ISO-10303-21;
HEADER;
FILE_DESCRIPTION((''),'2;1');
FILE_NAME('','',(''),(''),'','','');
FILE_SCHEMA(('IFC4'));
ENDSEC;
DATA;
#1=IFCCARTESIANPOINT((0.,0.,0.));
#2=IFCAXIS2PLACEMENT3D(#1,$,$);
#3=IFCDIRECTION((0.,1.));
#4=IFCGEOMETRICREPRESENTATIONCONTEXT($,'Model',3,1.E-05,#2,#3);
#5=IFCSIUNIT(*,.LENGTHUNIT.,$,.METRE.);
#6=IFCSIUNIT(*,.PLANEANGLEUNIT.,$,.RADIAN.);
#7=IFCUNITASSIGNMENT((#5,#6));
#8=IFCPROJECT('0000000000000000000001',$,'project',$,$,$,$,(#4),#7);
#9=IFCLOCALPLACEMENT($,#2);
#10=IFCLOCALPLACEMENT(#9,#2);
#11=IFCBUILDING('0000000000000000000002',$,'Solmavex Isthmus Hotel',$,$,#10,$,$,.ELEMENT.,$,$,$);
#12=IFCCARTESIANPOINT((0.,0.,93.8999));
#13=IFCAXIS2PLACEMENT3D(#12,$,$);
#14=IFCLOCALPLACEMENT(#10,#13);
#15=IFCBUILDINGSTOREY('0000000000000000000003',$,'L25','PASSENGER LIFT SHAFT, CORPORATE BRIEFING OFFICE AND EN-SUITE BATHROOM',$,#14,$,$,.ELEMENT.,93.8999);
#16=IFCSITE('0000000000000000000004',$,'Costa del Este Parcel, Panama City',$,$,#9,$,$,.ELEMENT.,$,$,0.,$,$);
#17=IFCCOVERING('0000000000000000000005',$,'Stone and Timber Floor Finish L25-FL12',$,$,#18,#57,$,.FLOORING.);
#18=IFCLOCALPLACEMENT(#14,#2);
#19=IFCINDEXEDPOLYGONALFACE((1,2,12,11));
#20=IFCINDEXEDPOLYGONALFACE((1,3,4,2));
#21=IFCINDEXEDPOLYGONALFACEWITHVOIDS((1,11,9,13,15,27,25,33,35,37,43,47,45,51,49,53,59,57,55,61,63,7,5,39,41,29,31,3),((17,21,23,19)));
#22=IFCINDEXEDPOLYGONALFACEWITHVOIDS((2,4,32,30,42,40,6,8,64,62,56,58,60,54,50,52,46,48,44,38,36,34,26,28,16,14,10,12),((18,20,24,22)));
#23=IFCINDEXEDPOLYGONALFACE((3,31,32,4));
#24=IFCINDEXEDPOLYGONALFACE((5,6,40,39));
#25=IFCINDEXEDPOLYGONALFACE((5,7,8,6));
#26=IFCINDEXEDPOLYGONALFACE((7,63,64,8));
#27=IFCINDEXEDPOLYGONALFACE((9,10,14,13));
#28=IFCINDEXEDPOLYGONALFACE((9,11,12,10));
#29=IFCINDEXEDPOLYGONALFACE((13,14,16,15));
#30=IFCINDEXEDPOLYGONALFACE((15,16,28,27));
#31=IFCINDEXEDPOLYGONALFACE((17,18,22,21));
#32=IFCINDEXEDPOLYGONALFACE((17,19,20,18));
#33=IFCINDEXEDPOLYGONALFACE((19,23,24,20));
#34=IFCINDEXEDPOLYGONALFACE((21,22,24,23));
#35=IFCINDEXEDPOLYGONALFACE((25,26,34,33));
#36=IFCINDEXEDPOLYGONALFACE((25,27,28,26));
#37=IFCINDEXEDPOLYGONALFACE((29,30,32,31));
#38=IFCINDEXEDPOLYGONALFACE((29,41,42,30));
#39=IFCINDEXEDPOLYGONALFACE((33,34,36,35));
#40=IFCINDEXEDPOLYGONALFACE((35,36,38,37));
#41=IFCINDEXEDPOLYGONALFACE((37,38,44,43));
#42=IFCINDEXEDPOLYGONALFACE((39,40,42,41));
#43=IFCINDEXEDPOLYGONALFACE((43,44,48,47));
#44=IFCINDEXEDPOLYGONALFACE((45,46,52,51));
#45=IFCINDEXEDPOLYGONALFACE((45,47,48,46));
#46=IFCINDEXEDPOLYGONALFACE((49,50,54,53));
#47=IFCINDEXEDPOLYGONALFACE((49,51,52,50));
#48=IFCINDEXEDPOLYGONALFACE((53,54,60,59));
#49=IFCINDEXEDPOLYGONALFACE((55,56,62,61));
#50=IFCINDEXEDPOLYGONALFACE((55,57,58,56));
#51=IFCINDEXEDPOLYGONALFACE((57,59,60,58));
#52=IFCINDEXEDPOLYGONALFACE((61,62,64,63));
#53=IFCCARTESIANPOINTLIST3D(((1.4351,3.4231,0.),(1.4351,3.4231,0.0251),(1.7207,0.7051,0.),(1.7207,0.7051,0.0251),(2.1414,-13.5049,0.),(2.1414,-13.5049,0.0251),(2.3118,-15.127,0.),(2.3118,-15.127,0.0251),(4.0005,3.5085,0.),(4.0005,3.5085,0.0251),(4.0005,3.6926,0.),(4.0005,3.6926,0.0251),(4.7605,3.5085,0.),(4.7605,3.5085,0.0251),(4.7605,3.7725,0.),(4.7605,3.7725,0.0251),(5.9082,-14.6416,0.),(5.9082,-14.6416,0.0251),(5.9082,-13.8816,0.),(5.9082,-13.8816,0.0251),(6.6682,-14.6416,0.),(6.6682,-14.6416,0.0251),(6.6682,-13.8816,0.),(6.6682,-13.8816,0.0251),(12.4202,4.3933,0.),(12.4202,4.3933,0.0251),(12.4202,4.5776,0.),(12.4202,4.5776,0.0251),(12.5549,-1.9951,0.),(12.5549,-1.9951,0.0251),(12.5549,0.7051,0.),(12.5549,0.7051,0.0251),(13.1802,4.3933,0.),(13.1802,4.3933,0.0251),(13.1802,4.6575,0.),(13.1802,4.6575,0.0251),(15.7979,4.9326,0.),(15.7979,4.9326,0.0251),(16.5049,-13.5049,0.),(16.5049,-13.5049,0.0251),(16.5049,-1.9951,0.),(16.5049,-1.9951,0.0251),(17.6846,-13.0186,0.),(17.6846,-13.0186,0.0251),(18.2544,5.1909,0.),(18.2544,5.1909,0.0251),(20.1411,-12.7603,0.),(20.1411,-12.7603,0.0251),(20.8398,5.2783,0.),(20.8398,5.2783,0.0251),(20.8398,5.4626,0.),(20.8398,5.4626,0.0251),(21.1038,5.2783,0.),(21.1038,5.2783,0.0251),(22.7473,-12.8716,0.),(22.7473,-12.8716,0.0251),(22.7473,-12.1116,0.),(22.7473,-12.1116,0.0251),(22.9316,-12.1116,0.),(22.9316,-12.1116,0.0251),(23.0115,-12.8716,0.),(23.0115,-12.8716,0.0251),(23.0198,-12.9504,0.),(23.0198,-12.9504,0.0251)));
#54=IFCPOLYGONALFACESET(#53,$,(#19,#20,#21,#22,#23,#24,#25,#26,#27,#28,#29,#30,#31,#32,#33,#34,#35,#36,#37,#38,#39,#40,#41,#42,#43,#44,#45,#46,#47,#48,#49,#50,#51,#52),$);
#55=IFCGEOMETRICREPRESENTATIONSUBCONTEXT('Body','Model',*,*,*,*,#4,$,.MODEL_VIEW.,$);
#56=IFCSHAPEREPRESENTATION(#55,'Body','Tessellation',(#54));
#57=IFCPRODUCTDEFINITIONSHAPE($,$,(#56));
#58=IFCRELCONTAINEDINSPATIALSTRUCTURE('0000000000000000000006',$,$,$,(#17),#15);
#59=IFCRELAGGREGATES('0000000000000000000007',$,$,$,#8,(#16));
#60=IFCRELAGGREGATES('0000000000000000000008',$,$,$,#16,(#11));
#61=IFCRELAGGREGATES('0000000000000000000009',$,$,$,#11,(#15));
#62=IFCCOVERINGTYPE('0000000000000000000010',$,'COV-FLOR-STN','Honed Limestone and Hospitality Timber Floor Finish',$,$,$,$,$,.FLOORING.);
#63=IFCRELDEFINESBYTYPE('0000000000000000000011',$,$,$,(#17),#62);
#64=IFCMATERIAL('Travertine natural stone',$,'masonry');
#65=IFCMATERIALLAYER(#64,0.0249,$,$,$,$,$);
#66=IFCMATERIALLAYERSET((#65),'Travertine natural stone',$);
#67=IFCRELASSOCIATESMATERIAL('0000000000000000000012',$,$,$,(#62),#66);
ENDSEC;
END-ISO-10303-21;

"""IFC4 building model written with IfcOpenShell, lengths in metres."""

from ifc_helpers import new_model, si_unit, direction, frame, origin, place, context, subcontext, project, spatial, polyline, outline, extrude, material, layer, layer_set, type_object, element, save


model = new_model("IFC4")

# Units and contexts
model_context = context("Model", 3, precision=1e-05, world=origin(), true_north=direction((0.0, 1.0)))
body_context = subcontext(model_context, "Body", "Model", "MODEL_VIEW")
ifc_project = project(units=[si_unit("LENGTHUNIT", "METRE"), si_unit("PLANEANGLEUNIT", "RADIAN")], contexts=[model_context])

# Site, building, storey
site_placement = place(None, origin())
site = spatial("IfcSite", under=ifc_project, at=site_placement, Name="Costa del Este Parcel, Panama City", CompositionType="ELEMENT", RefElevation=0.0)
building_placement = place(site_placement, origin())
building = spatial("IfcBuilding", under=site, at=building_placement, Name="Solmavex Isthmus Hotel", CompositionType="ELEMENT")
storey_placement = place(building_placement, frame((0.0, 0.0, 93.8999)))
storey = spatial("IfcBuildingStorey", under=building, at=storey_placement, Name="L25", Description="PASSENGER LIFT SHAFT, CORPORATE BRIEFING OFFICE AND EN-SUITE BATHROOM", CompositionType="ELEMENT", Elevation=93.8999)

# Covering
ifc_material_1 = material(Name="Travertine natural stone", Category="masonry")
ifc_layer_1 = layer(ifc_material_1, 0.0249)
ifc_layer_set_1 = layer_set([ifc_layer_1], Name="Travertine natural stone")
covering_type_1 = type_object("IfcCoveringType", Name="COV-FLOR-STN", Description="Honed Limestone and Hospitality Timber Floor Finish", PredefinedType="FLOORING", material=ifc_layer_set_1)
covering_1_placement = place(storey_placement, origin())
element("IfcCovering", 1, at=covering_1_placement, inside=storey, type_object=covering_type_1, Name="Stone and Timber Floor Finish L25-FL12", PredefinedType="FLOORING", context=body_context, shape_type="SweptSolid", body=[
    extrude(outline(polyline([(4.7605, 3.7725), (4.7605, 3.5085), (4.0005, 3.5085), (4.0005, 3.6926), (1.4351, 3.4231), (1.7207, 0.7051), (12.5549, 0.7051), (12.5549, -1.9951), (16.5049, -1.9951), (16.5049, -13.5049), (2.1414, -13.5049), (2.3118, -15.127), (23.0198, -12.9504), (23.0115, -12.8716), (22.7473, -12.8716), (22.7473, -12.1116), (22.9316, -12.1116), (21.1038, 5.2783), (20.8398, 5.2783), (20.8398, 5.4626), (18.2544, 5.1909), (20.1411, -12.7603), (17.6846, -13.0186), (15.7979, 4.9326), (13.1802, 4.6575), (13.1802, 4.3933), (12.4202, 4.3933), (12.4202, 4.5776), (4.7605, 3.7725)]), holes=[polyline([(5.9082, -14.6416), (5.9082, -13.8816), (6.6682, -13.8816), (6.6682, -14.6416), (5.9082, -14.6416)])]), origin(), (0.0, 0.0, 1.0), 0.0251),
])

save(model, "model.ifc")
